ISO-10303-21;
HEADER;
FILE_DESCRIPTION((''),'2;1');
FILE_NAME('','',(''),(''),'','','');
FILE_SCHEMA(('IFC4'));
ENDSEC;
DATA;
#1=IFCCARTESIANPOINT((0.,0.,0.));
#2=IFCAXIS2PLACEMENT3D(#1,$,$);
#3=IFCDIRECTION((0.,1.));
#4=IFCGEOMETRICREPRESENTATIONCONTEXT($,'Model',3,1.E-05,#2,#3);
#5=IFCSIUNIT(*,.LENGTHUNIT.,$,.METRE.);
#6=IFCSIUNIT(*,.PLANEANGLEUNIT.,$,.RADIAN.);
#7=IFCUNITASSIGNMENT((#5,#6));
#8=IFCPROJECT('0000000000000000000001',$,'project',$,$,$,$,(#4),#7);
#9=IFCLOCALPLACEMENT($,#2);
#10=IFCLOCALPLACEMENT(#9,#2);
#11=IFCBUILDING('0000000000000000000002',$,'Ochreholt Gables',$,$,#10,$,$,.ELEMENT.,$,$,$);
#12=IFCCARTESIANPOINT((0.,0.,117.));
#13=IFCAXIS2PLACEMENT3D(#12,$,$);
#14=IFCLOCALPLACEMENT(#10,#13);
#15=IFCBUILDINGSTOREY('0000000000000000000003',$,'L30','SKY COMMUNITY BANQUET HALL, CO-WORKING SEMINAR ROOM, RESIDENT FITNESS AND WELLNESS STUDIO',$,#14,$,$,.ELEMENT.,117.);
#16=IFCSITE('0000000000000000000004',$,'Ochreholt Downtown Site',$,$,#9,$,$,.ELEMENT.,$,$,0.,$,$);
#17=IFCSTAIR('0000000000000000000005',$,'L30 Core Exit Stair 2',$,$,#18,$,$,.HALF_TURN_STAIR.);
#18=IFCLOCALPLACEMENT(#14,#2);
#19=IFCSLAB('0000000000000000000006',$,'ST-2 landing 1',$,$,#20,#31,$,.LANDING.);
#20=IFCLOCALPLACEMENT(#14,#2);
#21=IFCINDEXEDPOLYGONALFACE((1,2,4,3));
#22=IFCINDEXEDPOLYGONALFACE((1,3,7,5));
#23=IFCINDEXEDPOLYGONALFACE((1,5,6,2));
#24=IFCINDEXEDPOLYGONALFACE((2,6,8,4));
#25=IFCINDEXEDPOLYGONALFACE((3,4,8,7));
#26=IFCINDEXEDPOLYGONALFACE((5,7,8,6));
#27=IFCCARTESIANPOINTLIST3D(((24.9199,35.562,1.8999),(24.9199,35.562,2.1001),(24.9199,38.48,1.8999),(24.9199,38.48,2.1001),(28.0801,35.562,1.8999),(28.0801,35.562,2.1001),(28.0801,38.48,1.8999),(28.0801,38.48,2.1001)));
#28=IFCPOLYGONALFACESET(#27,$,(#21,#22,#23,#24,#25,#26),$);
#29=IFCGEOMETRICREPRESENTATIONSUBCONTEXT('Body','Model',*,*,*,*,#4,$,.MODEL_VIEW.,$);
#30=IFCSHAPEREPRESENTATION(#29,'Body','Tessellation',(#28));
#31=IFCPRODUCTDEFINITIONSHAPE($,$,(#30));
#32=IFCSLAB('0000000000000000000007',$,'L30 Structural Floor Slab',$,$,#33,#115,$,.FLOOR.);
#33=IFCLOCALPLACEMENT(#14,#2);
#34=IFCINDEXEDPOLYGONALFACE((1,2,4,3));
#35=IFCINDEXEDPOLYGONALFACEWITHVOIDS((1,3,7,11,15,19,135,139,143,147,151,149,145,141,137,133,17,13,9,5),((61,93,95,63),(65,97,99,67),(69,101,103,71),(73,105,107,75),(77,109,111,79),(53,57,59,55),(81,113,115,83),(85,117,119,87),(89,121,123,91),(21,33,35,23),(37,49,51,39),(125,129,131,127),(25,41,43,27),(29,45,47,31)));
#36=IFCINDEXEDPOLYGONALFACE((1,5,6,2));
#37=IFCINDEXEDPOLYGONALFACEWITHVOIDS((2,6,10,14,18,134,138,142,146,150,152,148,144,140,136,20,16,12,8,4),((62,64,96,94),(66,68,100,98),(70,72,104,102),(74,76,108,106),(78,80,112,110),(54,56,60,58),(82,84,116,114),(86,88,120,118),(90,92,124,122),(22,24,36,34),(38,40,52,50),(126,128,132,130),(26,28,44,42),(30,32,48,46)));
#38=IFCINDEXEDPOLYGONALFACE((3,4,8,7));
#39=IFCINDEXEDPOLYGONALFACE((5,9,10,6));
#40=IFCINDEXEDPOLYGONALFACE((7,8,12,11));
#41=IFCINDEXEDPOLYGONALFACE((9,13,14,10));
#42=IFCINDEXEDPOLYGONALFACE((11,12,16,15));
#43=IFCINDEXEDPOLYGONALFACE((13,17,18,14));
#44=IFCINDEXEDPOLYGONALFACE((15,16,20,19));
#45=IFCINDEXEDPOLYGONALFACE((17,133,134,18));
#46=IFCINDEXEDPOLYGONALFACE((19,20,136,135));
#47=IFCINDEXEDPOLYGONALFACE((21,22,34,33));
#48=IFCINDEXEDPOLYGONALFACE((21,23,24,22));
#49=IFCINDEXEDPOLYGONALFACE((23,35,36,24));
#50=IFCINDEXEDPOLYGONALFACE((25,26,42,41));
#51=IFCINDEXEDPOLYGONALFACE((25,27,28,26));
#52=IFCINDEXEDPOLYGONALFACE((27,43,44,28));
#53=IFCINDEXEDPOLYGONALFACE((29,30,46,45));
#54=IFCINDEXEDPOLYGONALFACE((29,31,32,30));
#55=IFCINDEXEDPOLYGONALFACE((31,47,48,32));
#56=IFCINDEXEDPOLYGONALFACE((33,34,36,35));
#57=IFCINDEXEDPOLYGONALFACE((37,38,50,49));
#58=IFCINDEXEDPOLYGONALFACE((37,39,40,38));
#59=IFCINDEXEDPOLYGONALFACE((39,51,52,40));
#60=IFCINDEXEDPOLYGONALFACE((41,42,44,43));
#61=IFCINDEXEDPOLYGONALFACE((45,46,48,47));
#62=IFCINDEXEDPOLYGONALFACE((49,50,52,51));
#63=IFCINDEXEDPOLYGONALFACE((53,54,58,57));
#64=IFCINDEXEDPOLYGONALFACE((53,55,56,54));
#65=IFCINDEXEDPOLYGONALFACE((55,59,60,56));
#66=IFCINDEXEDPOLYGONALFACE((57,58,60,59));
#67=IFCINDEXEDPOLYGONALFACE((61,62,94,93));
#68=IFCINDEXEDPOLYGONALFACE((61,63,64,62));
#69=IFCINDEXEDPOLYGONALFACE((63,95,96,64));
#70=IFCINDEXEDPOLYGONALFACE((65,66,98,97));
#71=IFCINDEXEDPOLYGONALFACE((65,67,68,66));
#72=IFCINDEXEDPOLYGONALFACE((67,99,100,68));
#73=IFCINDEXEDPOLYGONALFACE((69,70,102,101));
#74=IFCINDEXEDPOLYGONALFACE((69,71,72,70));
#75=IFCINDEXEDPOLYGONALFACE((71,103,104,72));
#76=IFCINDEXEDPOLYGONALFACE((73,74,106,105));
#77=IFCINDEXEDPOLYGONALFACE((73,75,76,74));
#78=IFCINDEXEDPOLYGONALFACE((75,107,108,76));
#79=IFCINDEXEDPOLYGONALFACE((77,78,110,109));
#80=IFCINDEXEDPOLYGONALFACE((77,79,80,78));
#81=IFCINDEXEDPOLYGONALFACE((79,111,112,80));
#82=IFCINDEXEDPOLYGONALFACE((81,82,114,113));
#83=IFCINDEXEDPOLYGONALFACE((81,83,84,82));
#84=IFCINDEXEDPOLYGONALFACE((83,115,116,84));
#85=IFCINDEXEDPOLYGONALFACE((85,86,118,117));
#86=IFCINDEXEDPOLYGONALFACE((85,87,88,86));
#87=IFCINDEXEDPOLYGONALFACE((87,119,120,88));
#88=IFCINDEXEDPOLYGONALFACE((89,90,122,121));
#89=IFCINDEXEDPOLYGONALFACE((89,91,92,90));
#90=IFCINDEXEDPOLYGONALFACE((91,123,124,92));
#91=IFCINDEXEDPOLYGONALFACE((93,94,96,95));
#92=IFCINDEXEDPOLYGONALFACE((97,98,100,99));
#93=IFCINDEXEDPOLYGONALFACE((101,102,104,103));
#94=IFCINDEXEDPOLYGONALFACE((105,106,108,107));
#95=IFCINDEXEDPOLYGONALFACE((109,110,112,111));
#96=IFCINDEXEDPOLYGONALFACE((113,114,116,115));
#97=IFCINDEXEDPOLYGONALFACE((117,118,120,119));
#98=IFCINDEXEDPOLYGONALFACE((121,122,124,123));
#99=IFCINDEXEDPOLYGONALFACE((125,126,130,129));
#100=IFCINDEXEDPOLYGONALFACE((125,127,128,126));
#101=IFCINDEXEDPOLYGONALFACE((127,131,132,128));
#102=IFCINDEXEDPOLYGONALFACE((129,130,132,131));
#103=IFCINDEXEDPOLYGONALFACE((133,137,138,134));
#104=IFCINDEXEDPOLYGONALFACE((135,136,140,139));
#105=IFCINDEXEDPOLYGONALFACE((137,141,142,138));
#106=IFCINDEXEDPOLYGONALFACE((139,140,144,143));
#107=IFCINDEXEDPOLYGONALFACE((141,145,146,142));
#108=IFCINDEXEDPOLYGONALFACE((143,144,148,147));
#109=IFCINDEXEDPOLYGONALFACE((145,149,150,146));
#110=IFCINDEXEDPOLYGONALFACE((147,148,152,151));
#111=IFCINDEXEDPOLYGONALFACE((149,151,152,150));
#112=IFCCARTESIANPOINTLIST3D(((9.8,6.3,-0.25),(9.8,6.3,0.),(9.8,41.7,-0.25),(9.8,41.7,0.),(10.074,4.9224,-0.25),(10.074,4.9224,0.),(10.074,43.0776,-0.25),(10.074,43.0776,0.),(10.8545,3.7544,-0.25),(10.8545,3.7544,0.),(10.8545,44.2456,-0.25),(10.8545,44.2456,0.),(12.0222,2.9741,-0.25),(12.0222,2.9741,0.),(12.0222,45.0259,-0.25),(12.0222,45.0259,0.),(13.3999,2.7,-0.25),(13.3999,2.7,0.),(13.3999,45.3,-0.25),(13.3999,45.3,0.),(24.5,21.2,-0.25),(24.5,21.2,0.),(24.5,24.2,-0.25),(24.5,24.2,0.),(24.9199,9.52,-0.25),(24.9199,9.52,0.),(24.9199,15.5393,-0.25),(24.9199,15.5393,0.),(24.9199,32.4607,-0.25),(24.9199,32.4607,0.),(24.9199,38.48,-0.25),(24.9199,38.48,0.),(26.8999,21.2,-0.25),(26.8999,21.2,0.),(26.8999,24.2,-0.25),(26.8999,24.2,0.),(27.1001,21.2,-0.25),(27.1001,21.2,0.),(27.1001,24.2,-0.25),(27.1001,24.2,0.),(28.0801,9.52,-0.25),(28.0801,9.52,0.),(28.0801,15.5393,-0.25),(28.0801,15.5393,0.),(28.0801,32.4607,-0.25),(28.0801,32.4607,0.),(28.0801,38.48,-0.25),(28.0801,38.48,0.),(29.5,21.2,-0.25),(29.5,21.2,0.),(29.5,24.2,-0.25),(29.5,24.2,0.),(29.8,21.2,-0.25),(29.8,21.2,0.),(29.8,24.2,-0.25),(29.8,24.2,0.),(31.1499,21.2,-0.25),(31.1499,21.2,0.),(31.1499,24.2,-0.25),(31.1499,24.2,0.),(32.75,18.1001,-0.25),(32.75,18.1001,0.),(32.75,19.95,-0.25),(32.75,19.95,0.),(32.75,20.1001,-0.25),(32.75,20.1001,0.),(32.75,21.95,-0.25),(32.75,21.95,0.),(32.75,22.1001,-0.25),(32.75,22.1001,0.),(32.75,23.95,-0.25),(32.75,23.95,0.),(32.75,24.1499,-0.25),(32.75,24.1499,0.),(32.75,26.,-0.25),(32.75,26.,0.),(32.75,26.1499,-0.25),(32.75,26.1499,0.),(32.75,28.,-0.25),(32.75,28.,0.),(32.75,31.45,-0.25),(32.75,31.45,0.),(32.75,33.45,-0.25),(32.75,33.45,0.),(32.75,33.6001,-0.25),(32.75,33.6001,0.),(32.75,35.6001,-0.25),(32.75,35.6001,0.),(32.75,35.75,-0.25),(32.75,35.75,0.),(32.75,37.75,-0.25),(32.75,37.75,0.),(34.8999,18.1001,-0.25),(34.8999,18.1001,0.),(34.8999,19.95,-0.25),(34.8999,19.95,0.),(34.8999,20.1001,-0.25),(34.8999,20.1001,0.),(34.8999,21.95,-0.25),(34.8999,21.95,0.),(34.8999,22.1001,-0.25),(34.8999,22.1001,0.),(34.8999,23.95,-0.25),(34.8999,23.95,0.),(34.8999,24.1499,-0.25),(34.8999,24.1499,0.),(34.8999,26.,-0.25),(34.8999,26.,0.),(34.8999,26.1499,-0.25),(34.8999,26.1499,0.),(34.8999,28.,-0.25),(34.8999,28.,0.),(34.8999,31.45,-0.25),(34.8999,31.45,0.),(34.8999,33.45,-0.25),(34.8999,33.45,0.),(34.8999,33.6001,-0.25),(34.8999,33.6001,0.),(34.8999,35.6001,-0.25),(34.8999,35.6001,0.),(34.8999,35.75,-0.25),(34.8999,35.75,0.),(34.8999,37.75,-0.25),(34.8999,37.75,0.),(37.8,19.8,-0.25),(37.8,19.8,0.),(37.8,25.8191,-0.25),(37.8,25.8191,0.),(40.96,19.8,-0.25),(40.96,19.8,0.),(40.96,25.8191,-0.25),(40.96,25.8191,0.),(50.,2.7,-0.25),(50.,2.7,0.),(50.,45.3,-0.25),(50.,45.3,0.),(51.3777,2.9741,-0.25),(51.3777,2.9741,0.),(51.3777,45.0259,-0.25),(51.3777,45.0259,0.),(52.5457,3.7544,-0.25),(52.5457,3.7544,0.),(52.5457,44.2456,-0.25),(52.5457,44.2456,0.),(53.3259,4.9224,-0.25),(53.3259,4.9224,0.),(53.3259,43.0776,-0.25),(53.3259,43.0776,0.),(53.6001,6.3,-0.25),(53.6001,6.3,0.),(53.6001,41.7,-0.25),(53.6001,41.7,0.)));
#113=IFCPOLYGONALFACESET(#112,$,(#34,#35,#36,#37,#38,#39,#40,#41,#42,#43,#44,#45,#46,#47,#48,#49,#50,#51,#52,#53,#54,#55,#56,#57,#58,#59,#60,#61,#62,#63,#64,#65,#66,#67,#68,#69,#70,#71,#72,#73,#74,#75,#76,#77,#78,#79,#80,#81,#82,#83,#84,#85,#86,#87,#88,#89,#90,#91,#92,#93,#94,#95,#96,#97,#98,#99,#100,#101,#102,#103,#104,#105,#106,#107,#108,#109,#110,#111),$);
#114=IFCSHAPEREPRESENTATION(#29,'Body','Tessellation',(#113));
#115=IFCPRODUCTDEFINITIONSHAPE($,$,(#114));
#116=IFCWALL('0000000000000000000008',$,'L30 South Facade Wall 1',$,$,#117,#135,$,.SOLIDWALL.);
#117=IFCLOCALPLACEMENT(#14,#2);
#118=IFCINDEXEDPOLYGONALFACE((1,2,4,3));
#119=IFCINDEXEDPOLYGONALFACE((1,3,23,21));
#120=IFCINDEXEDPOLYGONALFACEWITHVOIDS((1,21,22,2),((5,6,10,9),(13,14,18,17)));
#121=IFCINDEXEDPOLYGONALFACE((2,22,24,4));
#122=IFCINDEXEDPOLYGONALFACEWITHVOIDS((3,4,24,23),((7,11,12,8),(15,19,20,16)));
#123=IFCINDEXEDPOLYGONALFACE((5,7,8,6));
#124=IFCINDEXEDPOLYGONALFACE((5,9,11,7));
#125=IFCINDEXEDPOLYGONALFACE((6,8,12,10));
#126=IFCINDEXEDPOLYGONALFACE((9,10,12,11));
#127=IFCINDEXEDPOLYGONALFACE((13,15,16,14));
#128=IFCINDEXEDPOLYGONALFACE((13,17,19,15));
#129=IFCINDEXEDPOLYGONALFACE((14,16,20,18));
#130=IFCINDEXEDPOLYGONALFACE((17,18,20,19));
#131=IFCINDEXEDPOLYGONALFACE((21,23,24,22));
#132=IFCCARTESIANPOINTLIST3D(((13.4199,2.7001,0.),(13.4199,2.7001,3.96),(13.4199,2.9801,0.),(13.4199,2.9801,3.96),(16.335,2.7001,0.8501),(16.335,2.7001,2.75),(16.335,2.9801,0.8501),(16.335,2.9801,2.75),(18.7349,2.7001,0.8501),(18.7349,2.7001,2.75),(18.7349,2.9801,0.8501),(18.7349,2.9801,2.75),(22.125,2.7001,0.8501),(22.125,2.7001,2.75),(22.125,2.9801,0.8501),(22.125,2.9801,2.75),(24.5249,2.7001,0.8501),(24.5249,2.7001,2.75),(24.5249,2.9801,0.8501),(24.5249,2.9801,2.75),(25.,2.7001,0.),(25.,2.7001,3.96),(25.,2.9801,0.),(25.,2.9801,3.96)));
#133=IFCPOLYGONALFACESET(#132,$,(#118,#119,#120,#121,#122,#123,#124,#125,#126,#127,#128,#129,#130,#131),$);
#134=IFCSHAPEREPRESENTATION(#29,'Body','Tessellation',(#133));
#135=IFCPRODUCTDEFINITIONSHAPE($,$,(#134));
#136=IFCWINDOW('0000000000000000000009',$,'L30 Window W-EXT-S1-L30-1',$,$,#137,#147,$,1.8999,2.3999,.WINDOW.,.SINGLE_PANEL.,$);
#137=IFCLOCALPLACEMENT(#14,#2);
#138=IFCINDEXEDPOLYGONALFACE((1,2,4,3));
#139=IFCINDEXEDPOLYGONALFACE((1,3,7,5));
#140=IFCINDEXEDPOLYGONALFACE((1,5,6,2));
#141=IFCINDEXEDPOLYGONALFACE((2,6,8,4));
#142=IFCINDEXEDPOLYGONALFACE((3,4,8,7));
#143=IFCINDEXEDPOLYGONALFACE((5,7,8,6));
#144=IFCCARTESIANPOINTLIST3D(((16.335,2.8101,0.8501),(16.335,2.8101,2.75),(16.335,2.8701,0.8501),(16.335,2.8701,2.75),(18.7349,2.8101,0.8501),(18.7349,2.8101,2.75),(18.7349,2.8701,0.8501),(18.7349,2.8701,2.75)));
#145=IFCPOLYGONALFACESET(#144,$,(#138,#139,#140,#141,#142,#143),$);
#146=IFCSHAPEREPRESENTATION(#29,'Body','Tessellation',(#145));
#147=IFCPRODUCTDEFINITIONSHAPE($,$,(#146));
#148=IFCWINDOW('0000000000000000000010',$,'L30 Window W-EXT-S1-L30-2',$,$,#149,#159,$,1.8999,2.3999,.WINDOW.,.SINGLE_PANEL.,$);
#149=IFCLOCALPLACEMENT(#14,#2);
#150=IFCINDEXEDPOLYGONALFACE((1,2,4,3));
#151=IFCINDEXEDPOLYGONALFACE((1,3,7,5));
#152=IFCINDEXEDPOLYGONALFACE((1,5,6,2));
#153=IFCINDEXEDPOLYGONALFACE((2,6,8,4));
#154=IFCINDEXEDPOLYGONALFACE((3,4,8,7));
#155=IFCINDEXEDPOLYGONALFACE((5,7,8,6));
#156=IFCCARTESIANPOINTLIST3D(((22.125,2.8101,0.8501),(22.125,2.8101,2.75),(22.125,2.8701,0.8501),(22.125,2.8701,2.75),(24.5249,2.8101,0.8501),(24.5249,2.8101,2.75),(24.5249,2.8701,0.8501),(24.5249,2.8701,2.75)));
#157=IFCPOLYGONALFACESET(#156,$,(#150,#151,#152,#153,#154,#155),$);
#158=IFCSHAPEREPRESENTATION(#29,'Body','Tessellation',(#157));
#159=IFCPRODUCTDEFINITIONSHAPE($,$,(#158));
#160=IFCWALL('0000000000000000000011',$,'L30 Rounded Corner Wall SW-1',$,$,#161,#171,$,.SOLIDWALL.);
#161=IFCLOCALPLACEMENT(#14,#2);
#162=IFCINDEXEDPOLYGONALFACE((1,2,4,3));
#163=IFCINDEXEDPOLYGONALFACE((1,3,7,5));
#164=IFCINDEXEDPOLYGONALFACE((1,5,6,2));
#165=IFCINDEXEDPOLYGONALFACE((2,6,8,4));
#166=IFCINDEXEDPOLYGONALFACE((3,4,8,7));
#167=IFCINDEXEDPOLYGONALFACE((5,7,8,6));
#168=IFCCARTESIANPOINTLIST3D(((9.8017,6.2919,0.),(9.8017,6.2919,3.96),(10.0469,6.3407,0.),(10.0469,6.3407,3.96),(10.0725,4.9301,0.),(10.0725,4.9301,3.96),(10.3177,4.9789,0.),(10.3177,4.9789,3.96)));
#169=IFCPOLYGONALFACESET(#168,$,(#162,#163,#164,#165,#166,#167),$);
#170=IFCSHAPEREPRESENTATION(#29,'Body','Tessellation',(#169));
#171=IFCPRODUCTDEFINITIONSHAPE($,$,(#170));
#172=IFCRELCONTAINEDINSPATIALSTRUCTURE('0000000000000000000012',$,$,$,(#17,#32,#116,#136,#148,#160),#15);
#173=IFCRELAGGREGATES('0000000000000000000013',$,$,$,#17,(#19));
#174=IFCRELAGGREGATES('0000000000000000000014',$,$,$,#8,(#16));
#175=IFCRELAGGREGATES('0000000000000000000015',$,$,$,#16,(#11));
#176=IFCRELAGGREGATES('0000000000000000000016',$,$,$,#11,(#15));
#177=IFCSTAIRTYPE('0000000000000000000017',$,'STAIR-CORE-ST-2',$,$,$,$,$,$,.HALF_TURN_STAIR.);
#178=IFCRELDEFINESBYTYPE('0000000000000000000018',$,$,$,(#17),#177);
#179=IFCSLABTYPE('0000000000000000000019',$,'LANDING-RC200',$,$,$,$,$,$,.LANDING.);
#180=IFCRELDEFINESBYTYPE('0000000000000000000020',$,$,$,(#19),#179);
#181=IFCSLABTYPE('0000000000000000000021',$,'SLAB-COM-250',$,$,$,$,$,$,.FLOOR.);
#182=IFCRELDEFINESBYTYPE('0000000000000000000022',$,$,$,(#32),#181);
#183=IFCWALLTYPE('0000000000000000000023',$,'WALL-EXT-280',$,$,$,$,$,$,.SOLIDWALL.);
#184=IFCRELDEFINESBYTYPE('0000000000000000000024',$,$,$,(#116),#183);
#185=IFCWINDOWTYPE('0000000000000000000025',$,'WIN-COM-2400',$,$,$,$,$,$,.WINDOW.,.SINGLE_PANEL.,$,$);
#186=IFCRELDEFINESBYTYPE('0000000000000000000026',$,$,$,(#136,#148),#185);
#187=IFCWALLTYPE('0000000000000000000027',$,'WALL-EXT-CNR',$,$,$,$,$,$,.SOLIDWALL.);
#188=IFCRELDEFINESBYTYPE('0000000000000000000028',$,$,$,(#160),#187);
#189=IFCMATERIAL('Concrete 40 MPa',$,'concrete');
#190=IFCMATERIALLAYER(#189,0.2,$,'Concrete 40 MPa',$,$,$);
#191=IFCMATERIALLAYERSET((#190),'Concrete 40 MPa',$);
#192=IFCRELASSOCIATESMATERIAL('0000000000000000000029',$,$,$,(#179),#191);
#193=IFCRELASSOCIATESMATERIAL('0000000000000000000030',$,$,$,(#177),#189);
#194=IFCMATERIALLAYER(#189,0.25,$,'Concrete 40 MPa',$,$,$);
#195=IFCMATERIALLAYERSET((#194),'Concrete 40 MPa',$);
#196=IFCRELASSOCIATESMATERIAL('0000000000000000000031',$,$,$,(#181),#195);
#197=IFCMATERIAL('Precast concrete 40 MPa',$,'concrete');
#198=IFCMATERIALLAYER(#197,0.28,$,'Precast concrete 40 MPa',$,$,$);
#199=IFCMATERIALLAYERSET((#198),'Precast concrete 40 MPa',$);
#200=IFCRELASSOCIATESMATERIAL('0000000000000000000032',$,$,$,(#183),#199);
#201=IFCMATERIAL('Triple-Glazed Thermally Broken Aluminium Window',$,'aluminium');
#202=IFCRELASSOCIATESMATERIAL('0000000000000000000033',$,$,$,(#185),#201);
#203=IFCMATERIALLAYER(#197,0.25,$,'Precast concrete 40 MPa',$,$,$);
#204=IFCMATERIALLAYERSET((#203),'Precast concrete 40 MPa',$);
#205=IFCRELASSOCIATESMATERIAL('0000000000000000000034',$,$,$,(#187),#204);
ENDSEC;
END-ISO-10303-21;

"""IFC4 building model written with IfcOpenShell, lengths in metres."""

from ifc_helpers import new_model, si_unit, direction, frame, frame_2d, origin, place, context, subcontext, project, spatial, polyline, rectangle, outline, extrude, material, layer, layer_set, type_object, element, fill, aggregate, save


model = new_model("IFC4")

# Units and contexts
model_context = context("Model", 3, precision=1e-05, world=origin(), true_north=direction((0.0, 1.0)))
body_context = subcontext(model_context, "Body", "Model", "MODEL_VIEW")
ifc_project = project(units=[si_unit("LENGTHUNIT", "METRE"), si_unit("PLANEANGLEUNIT", "RADIAN")], contexts=[model_context])

# Site, building, storey
site_placement = place(None, origin())
site = spatial("IfcSite", under=ifc_project, at=site_placement, Name="Ochreholt Downtown Site", CompositionType="ELEMENT", RefElevation=0.0)
building_placement = place(site_placement, origin())
building = spatial("IfcBuilding", under=site, at=building_placement, Name="Ochreholt Gables", CompositionType="ELEMENT")
storey_placement = place(building_placement, frame((0.0, 0.0, 117.0)))
storey = spatial("IfcBuildingStorey", under=building, at=storey_placement, Name="L30", Description="SKY COMMUNITY BANQUET HALL, CO-WORKING SEMINAR ROOM, RESIDENT FITNESS AND WELLNESS STUDIO", CompositionType="ELEMENT", Elevation=117.0)

# Stair, slab
ifc_material_1 = material(Name="Concrete 40 MPa", Category="concrete")
ifc_layer_1 = layer(ifc_material_1, 0.2, Name="Concrete 40 MPa")
ifc_layer_set_1 = layer_set([ifc_layer_1], Name="Concrete 40 MPa")
slab_type_1 = type_object("IfcSlabType", Name="LANDING-RC200", PredefinedType="LANDING", material=ifc_layer_set_1)
stair_type_1 = type_object("IfcStairType", Name="STAIR-CORE-ST-2", PredefinedType="HALF_TURN_STAIR", material=ifc_material_1)
stair_1_placement = place(storey_placement, origin())
stair_1 = element("IfcStair", 1, at=stair_1_placement, inside=storey, type_object=stair_type_1, Name="L30 Core Exit Stair 2", PredefinedType="HALF_TURN_STAIR")
slab_1_placement = place(storey_placement, frame((0.0, 0.0, 1.8999)))
slab_1 = element("IfcSlab", 2, at=slab_1_placement, type_object=slab_type_1, Name="ST-2 landing 1", PredefinedType="LANDING", context=body_context, shape_type="SweptSolid", body=[
    extrude(outline(polyline([(28.0801, 35.562), (28.0801, 38.48), (24.9199, 38.48), (24.9199, 35.562), (28.0801, 35.562)])), origin(), (0.0, 0.0, 1.0), 0.2002),
])
aggregate(stair_1, [slab_1])

# Slab
ifc_layer_2 = layer(ifc_material_1, 0.25, Name="Concrete 40 MPa")
ifc_layer_set_2 = layer_set([ifc_layer_2], Name="Concrete 40 MPa")
slab_type_2 = type_object("IfcSlabType", Name="SLAB-COM-250", PredefinedType="FLOOR", material=ifc_layer_set_2)
slab_2_placement = place(storey_placement, frame((0.0, 0.0, -0.25)))
element("IfcSlab", 3, at=slab_2_placement, inside=storey, type_object=slab_type_2, Name="L30 Structural Floor Slab", PredefinedType="FLOOR", context=body_context, shape_type="SweptSolid", body=[
    extrude(outline(polyline([(9.8, 6.3), (10.074, 4.9224), (10.8545, 3.7544), (12.0222, 2.9741), (13.3999, 2.7), (50.0, 2.7), (51.3777, 2.9741), (52.5457, 3.7544), (53.3259, 4.9224), (53.6001, 6.3), (53.6001, 41.7), (53.3259, 43.0776), (52.5457, 44.2456), (51.3777, 45.0259), (50.0, 45.3), (13.3999, 45.3), (12.0222, 45.0259), (10.8545, 44.2456), (10.074, 43.0776), (9.8, 41.7), (9.8, 6.3)]), holes=[polyline([(24.9199, 15.5393), (24.9199, 9.52), (28.0801, 9.52), (28.0801, 15.5393), (24.9199, 15.5393)]), polyline([(28.0801, 32.4607), (28.0801, 38.48), (24.9199, 38.48), (24.9199, 32.4607), (28.0801, 32.4607)]), polyline([(37.8, 25.8191), (37.8, 19.8), (40.96, 19.8), (40.96, 25.8191), (37.8, 25.8191)]), polyline([(24.5, 21.2), (26.8999, 21.2), (26.8999, 24.2), (24.5, 24.2), (24.5, 21.2)]), polyline([(27.1001, 21.2), (29.5, 21.2), (29.5, 24.2), (27.1001, 24.2), (27.1001, 21.2)]), polyline([(32.75, 18.1001), (34.8999, 18.1001), (34.8999, 19.95), (32.75, 19.95), (32.75, 18.1001)]), polyline([(32.75, 20.1001), (34.8999, 20.1001), (34.8999, 21.95), (32.75, 21.95), (32.75, 20.1001)]), polyline([(32.75, 22.1001), (34.8999, 22.1001), (34.8999, 23.95), (32.75, 23.95), (32.75, 22.1001)]), polyline([(32.75, 24.1499), (34.8999, 24.1499), (34.8999, 26.0), (32.75, 26.0), (32.75, 24.1499)]), polyline([(32.75, 26.1499), (34.8999, 26.1499), (34.8999, 28.0), (32.75, 28.0), (32.75, 26.1499)]), polyline([(32.75, 31.45), (34.8999, 31.45), (34.8999, 33.45), (32.75, 33.45), (32.75, 31.45)]), polyline([(32.75, 33.6001), (34.8999, 33.6001), (34.8999, 35.6001), (32.75, 35.6001), (32.75, 33.6001)]), polyline([(32.75, 35.75), (34.8999, 35.75), (34.8999, 37.75), (32.75, 37.75), (32.75, 35.75)]), polyline([(29.8, 21.2), (31.1499, 21.2), (31.1499, 24.2), (29.8, 24.2), (29.8, 21.2)])]), origin(), (0.0, 0.0, 1.0), 0.25),
])

# Wall, openings, windows
ifc_material_2 = material(Name="Precast concrete 40 MPa", Category="concrete")
ifc_layer_3 = layer(ifc_material_2, 0.28, Name="Precast concrete 40 MPa")
ifc_layer_set_3 = layer_set([ifc_layer_3], Name="Precast concrete 40 MPa")
wall_type_1 = type_object("IfcWallType", Name="WALL-EXT-280", PredefinedType="SOLIDWALL", material=ifc_layer_set_3)
wall_1_placement = place(storey_placement, frame((13.4199, 2.8401, 0.0), z_axis=(0.0, 0.0, 1.0), x_axis=(1.0, 0.0, 0.0)))
wall_1 = element("IfcWall", 4, at=wall_1_placement, inside=storey, type_object=wall_type_1, Name="L30 South Facade Wall 1", PredefinedType="SOLIDWALL", context=body_context, shape_type="SweptSolid", body=[
    extrude(rectangle(XDim=11.5801, YDim=0.28, at=frame_2d((5.79, 0.0))), origin(), (0.0, 0.0, 1.0), 3.96),
])
opening_1_placement = place(wall_1_placement, frame((2.915, 0.0, 0.8501)))
opening_1 = element("IfcOpeningElement", 5, at=opening_1_placement, cuts=wall_1, PredefinedType="OPENING", context=body_context, shape_type="SweptSolid", body=[
    extrude(rectangle(XDim=2.3999, YDim=1.8999, at=frame_2d((1.2, 0.95))), frame((0.0, 0.1499, 0.0), z_axis=(0.0, -1.0, 0.0), x_axis=(1.0, 0.0, 0.0)), (0.0, 0.0, 1.0), 0.3),
])
opening_2_placement = place(wall_1_placement, frame((8.7051, 0.0, 0.8501)))
opening_2 = element("IfcOpeningElement", 6, at=opening_2_placement, cuts=wall_1, PredefinedType="OPENING", context=body_context, shape_type="SweptSolid", body=[
    extrude(rectangle(XDim=2.3999, YDim=1.8999, at=frame_2d((1.2, 0.95))), frame((0.0, 0.1499, 0.0), z_axis=(0.0, -1.0, 0.0), x_axis=(1.0, 0.0, 0.0)), (0.0, 0.0, 1.0), 0.3),
])
ifc_material_3 = material(Name="Triple-Glazed Thermally Broken Aluminium Window", Category="aluminium")
window_type = type_object("IfcWindowType", Name="WIN-COM-2400", PartitioningType="SINGLE_PANEL", PredefinedType="WINDOW", material=ifc_material_3)
window_1_placement = place(opening_1_placement, origin())
window_1 = element("IfcWindow", 7, at=window_1_placement, inside=storey, type_object=window_type, Name="L30 Window W-EXT-S1-L30-1", OverallHeight=1.8999, OverallWidth=2.3999, PartitioningType="SINGLE_PANEL", PredefinedType="WINDOW", context=body_context, shape_type="SweptSolid", body=[
    extrude(rectangle(XDim=2.3999, YDim=1.8999, at=frame_2d((1.2, 0.95))), frame((0.0, 0.03, 0.0), z_axis=(0.0, -1.0, 0.0), x_axis=(1.0, 0.0, 0.0)), (0.0, 0.0, 1.0), 0.0601),
])
fill(opening_1, window_1)
window_2_placement = place(opening_2_placement, origin())
window_2 = element("IfcWindow", 8, at=window_2_placement, inside=storey, type_object=window_type, Name="L30 Window W-EXT-S1-L30-2", OverallHeight=1.8999, OverallWidth=2.3999, PartitioningType="SINGLE_PANEL", PredefinedType="WINDOW", context=body_context, shape_type="SweptSolid", body=[
    extrude(rectangle(XDim=2.3999, YDim=1.8999, at=frame_2d((1.2, 0.95))), frame((0.0, 0.03, 0.0), z_axis=(0.0, -1.0, 0.0), x_axis=(1.0, 0.0, 0.0)), (0.0, 0.0, 1.0), 0.0601),
])
fill(opening_2, window_2)

# Wall
ifc_layer_4 = layer(ifc_material_2, 0.25, Name="Precast concrete 40 MPa")
ifc_layer_set_4 = layer_set([ifc_layer_4], Name="Precast concrete 40 MPa")
wall_type_2 = type_object("IfcWallType", Name="WALL-EXT-CNR", PredefinedType="SOLIDWALL", material=ifc_layer_set_4)
wall_2_placement = place(storey_placement, frame((9.9243, 6.3164, 0.0), z_axis=(0.0, 0.0, 1.0), x_axis=(0.195, -0.980803, 0.0)))
element("IfcWall", 9, at=wall_2_placement, inside=storey, type_object=wall_type_2, Name="L30 Rounded Corner Wall SW-1", PredefinedType="SOLIDWALL", context=body_context, shape_type="SweptSolid", body=[
    extrude(rectangle(XDim=1.3884, YDim=0.25, at=frame_2d((0.6943, 0.0))), origin(), (0.0, 0.0, 1.0), 3.96),
])

save(model, "model.ifc")
